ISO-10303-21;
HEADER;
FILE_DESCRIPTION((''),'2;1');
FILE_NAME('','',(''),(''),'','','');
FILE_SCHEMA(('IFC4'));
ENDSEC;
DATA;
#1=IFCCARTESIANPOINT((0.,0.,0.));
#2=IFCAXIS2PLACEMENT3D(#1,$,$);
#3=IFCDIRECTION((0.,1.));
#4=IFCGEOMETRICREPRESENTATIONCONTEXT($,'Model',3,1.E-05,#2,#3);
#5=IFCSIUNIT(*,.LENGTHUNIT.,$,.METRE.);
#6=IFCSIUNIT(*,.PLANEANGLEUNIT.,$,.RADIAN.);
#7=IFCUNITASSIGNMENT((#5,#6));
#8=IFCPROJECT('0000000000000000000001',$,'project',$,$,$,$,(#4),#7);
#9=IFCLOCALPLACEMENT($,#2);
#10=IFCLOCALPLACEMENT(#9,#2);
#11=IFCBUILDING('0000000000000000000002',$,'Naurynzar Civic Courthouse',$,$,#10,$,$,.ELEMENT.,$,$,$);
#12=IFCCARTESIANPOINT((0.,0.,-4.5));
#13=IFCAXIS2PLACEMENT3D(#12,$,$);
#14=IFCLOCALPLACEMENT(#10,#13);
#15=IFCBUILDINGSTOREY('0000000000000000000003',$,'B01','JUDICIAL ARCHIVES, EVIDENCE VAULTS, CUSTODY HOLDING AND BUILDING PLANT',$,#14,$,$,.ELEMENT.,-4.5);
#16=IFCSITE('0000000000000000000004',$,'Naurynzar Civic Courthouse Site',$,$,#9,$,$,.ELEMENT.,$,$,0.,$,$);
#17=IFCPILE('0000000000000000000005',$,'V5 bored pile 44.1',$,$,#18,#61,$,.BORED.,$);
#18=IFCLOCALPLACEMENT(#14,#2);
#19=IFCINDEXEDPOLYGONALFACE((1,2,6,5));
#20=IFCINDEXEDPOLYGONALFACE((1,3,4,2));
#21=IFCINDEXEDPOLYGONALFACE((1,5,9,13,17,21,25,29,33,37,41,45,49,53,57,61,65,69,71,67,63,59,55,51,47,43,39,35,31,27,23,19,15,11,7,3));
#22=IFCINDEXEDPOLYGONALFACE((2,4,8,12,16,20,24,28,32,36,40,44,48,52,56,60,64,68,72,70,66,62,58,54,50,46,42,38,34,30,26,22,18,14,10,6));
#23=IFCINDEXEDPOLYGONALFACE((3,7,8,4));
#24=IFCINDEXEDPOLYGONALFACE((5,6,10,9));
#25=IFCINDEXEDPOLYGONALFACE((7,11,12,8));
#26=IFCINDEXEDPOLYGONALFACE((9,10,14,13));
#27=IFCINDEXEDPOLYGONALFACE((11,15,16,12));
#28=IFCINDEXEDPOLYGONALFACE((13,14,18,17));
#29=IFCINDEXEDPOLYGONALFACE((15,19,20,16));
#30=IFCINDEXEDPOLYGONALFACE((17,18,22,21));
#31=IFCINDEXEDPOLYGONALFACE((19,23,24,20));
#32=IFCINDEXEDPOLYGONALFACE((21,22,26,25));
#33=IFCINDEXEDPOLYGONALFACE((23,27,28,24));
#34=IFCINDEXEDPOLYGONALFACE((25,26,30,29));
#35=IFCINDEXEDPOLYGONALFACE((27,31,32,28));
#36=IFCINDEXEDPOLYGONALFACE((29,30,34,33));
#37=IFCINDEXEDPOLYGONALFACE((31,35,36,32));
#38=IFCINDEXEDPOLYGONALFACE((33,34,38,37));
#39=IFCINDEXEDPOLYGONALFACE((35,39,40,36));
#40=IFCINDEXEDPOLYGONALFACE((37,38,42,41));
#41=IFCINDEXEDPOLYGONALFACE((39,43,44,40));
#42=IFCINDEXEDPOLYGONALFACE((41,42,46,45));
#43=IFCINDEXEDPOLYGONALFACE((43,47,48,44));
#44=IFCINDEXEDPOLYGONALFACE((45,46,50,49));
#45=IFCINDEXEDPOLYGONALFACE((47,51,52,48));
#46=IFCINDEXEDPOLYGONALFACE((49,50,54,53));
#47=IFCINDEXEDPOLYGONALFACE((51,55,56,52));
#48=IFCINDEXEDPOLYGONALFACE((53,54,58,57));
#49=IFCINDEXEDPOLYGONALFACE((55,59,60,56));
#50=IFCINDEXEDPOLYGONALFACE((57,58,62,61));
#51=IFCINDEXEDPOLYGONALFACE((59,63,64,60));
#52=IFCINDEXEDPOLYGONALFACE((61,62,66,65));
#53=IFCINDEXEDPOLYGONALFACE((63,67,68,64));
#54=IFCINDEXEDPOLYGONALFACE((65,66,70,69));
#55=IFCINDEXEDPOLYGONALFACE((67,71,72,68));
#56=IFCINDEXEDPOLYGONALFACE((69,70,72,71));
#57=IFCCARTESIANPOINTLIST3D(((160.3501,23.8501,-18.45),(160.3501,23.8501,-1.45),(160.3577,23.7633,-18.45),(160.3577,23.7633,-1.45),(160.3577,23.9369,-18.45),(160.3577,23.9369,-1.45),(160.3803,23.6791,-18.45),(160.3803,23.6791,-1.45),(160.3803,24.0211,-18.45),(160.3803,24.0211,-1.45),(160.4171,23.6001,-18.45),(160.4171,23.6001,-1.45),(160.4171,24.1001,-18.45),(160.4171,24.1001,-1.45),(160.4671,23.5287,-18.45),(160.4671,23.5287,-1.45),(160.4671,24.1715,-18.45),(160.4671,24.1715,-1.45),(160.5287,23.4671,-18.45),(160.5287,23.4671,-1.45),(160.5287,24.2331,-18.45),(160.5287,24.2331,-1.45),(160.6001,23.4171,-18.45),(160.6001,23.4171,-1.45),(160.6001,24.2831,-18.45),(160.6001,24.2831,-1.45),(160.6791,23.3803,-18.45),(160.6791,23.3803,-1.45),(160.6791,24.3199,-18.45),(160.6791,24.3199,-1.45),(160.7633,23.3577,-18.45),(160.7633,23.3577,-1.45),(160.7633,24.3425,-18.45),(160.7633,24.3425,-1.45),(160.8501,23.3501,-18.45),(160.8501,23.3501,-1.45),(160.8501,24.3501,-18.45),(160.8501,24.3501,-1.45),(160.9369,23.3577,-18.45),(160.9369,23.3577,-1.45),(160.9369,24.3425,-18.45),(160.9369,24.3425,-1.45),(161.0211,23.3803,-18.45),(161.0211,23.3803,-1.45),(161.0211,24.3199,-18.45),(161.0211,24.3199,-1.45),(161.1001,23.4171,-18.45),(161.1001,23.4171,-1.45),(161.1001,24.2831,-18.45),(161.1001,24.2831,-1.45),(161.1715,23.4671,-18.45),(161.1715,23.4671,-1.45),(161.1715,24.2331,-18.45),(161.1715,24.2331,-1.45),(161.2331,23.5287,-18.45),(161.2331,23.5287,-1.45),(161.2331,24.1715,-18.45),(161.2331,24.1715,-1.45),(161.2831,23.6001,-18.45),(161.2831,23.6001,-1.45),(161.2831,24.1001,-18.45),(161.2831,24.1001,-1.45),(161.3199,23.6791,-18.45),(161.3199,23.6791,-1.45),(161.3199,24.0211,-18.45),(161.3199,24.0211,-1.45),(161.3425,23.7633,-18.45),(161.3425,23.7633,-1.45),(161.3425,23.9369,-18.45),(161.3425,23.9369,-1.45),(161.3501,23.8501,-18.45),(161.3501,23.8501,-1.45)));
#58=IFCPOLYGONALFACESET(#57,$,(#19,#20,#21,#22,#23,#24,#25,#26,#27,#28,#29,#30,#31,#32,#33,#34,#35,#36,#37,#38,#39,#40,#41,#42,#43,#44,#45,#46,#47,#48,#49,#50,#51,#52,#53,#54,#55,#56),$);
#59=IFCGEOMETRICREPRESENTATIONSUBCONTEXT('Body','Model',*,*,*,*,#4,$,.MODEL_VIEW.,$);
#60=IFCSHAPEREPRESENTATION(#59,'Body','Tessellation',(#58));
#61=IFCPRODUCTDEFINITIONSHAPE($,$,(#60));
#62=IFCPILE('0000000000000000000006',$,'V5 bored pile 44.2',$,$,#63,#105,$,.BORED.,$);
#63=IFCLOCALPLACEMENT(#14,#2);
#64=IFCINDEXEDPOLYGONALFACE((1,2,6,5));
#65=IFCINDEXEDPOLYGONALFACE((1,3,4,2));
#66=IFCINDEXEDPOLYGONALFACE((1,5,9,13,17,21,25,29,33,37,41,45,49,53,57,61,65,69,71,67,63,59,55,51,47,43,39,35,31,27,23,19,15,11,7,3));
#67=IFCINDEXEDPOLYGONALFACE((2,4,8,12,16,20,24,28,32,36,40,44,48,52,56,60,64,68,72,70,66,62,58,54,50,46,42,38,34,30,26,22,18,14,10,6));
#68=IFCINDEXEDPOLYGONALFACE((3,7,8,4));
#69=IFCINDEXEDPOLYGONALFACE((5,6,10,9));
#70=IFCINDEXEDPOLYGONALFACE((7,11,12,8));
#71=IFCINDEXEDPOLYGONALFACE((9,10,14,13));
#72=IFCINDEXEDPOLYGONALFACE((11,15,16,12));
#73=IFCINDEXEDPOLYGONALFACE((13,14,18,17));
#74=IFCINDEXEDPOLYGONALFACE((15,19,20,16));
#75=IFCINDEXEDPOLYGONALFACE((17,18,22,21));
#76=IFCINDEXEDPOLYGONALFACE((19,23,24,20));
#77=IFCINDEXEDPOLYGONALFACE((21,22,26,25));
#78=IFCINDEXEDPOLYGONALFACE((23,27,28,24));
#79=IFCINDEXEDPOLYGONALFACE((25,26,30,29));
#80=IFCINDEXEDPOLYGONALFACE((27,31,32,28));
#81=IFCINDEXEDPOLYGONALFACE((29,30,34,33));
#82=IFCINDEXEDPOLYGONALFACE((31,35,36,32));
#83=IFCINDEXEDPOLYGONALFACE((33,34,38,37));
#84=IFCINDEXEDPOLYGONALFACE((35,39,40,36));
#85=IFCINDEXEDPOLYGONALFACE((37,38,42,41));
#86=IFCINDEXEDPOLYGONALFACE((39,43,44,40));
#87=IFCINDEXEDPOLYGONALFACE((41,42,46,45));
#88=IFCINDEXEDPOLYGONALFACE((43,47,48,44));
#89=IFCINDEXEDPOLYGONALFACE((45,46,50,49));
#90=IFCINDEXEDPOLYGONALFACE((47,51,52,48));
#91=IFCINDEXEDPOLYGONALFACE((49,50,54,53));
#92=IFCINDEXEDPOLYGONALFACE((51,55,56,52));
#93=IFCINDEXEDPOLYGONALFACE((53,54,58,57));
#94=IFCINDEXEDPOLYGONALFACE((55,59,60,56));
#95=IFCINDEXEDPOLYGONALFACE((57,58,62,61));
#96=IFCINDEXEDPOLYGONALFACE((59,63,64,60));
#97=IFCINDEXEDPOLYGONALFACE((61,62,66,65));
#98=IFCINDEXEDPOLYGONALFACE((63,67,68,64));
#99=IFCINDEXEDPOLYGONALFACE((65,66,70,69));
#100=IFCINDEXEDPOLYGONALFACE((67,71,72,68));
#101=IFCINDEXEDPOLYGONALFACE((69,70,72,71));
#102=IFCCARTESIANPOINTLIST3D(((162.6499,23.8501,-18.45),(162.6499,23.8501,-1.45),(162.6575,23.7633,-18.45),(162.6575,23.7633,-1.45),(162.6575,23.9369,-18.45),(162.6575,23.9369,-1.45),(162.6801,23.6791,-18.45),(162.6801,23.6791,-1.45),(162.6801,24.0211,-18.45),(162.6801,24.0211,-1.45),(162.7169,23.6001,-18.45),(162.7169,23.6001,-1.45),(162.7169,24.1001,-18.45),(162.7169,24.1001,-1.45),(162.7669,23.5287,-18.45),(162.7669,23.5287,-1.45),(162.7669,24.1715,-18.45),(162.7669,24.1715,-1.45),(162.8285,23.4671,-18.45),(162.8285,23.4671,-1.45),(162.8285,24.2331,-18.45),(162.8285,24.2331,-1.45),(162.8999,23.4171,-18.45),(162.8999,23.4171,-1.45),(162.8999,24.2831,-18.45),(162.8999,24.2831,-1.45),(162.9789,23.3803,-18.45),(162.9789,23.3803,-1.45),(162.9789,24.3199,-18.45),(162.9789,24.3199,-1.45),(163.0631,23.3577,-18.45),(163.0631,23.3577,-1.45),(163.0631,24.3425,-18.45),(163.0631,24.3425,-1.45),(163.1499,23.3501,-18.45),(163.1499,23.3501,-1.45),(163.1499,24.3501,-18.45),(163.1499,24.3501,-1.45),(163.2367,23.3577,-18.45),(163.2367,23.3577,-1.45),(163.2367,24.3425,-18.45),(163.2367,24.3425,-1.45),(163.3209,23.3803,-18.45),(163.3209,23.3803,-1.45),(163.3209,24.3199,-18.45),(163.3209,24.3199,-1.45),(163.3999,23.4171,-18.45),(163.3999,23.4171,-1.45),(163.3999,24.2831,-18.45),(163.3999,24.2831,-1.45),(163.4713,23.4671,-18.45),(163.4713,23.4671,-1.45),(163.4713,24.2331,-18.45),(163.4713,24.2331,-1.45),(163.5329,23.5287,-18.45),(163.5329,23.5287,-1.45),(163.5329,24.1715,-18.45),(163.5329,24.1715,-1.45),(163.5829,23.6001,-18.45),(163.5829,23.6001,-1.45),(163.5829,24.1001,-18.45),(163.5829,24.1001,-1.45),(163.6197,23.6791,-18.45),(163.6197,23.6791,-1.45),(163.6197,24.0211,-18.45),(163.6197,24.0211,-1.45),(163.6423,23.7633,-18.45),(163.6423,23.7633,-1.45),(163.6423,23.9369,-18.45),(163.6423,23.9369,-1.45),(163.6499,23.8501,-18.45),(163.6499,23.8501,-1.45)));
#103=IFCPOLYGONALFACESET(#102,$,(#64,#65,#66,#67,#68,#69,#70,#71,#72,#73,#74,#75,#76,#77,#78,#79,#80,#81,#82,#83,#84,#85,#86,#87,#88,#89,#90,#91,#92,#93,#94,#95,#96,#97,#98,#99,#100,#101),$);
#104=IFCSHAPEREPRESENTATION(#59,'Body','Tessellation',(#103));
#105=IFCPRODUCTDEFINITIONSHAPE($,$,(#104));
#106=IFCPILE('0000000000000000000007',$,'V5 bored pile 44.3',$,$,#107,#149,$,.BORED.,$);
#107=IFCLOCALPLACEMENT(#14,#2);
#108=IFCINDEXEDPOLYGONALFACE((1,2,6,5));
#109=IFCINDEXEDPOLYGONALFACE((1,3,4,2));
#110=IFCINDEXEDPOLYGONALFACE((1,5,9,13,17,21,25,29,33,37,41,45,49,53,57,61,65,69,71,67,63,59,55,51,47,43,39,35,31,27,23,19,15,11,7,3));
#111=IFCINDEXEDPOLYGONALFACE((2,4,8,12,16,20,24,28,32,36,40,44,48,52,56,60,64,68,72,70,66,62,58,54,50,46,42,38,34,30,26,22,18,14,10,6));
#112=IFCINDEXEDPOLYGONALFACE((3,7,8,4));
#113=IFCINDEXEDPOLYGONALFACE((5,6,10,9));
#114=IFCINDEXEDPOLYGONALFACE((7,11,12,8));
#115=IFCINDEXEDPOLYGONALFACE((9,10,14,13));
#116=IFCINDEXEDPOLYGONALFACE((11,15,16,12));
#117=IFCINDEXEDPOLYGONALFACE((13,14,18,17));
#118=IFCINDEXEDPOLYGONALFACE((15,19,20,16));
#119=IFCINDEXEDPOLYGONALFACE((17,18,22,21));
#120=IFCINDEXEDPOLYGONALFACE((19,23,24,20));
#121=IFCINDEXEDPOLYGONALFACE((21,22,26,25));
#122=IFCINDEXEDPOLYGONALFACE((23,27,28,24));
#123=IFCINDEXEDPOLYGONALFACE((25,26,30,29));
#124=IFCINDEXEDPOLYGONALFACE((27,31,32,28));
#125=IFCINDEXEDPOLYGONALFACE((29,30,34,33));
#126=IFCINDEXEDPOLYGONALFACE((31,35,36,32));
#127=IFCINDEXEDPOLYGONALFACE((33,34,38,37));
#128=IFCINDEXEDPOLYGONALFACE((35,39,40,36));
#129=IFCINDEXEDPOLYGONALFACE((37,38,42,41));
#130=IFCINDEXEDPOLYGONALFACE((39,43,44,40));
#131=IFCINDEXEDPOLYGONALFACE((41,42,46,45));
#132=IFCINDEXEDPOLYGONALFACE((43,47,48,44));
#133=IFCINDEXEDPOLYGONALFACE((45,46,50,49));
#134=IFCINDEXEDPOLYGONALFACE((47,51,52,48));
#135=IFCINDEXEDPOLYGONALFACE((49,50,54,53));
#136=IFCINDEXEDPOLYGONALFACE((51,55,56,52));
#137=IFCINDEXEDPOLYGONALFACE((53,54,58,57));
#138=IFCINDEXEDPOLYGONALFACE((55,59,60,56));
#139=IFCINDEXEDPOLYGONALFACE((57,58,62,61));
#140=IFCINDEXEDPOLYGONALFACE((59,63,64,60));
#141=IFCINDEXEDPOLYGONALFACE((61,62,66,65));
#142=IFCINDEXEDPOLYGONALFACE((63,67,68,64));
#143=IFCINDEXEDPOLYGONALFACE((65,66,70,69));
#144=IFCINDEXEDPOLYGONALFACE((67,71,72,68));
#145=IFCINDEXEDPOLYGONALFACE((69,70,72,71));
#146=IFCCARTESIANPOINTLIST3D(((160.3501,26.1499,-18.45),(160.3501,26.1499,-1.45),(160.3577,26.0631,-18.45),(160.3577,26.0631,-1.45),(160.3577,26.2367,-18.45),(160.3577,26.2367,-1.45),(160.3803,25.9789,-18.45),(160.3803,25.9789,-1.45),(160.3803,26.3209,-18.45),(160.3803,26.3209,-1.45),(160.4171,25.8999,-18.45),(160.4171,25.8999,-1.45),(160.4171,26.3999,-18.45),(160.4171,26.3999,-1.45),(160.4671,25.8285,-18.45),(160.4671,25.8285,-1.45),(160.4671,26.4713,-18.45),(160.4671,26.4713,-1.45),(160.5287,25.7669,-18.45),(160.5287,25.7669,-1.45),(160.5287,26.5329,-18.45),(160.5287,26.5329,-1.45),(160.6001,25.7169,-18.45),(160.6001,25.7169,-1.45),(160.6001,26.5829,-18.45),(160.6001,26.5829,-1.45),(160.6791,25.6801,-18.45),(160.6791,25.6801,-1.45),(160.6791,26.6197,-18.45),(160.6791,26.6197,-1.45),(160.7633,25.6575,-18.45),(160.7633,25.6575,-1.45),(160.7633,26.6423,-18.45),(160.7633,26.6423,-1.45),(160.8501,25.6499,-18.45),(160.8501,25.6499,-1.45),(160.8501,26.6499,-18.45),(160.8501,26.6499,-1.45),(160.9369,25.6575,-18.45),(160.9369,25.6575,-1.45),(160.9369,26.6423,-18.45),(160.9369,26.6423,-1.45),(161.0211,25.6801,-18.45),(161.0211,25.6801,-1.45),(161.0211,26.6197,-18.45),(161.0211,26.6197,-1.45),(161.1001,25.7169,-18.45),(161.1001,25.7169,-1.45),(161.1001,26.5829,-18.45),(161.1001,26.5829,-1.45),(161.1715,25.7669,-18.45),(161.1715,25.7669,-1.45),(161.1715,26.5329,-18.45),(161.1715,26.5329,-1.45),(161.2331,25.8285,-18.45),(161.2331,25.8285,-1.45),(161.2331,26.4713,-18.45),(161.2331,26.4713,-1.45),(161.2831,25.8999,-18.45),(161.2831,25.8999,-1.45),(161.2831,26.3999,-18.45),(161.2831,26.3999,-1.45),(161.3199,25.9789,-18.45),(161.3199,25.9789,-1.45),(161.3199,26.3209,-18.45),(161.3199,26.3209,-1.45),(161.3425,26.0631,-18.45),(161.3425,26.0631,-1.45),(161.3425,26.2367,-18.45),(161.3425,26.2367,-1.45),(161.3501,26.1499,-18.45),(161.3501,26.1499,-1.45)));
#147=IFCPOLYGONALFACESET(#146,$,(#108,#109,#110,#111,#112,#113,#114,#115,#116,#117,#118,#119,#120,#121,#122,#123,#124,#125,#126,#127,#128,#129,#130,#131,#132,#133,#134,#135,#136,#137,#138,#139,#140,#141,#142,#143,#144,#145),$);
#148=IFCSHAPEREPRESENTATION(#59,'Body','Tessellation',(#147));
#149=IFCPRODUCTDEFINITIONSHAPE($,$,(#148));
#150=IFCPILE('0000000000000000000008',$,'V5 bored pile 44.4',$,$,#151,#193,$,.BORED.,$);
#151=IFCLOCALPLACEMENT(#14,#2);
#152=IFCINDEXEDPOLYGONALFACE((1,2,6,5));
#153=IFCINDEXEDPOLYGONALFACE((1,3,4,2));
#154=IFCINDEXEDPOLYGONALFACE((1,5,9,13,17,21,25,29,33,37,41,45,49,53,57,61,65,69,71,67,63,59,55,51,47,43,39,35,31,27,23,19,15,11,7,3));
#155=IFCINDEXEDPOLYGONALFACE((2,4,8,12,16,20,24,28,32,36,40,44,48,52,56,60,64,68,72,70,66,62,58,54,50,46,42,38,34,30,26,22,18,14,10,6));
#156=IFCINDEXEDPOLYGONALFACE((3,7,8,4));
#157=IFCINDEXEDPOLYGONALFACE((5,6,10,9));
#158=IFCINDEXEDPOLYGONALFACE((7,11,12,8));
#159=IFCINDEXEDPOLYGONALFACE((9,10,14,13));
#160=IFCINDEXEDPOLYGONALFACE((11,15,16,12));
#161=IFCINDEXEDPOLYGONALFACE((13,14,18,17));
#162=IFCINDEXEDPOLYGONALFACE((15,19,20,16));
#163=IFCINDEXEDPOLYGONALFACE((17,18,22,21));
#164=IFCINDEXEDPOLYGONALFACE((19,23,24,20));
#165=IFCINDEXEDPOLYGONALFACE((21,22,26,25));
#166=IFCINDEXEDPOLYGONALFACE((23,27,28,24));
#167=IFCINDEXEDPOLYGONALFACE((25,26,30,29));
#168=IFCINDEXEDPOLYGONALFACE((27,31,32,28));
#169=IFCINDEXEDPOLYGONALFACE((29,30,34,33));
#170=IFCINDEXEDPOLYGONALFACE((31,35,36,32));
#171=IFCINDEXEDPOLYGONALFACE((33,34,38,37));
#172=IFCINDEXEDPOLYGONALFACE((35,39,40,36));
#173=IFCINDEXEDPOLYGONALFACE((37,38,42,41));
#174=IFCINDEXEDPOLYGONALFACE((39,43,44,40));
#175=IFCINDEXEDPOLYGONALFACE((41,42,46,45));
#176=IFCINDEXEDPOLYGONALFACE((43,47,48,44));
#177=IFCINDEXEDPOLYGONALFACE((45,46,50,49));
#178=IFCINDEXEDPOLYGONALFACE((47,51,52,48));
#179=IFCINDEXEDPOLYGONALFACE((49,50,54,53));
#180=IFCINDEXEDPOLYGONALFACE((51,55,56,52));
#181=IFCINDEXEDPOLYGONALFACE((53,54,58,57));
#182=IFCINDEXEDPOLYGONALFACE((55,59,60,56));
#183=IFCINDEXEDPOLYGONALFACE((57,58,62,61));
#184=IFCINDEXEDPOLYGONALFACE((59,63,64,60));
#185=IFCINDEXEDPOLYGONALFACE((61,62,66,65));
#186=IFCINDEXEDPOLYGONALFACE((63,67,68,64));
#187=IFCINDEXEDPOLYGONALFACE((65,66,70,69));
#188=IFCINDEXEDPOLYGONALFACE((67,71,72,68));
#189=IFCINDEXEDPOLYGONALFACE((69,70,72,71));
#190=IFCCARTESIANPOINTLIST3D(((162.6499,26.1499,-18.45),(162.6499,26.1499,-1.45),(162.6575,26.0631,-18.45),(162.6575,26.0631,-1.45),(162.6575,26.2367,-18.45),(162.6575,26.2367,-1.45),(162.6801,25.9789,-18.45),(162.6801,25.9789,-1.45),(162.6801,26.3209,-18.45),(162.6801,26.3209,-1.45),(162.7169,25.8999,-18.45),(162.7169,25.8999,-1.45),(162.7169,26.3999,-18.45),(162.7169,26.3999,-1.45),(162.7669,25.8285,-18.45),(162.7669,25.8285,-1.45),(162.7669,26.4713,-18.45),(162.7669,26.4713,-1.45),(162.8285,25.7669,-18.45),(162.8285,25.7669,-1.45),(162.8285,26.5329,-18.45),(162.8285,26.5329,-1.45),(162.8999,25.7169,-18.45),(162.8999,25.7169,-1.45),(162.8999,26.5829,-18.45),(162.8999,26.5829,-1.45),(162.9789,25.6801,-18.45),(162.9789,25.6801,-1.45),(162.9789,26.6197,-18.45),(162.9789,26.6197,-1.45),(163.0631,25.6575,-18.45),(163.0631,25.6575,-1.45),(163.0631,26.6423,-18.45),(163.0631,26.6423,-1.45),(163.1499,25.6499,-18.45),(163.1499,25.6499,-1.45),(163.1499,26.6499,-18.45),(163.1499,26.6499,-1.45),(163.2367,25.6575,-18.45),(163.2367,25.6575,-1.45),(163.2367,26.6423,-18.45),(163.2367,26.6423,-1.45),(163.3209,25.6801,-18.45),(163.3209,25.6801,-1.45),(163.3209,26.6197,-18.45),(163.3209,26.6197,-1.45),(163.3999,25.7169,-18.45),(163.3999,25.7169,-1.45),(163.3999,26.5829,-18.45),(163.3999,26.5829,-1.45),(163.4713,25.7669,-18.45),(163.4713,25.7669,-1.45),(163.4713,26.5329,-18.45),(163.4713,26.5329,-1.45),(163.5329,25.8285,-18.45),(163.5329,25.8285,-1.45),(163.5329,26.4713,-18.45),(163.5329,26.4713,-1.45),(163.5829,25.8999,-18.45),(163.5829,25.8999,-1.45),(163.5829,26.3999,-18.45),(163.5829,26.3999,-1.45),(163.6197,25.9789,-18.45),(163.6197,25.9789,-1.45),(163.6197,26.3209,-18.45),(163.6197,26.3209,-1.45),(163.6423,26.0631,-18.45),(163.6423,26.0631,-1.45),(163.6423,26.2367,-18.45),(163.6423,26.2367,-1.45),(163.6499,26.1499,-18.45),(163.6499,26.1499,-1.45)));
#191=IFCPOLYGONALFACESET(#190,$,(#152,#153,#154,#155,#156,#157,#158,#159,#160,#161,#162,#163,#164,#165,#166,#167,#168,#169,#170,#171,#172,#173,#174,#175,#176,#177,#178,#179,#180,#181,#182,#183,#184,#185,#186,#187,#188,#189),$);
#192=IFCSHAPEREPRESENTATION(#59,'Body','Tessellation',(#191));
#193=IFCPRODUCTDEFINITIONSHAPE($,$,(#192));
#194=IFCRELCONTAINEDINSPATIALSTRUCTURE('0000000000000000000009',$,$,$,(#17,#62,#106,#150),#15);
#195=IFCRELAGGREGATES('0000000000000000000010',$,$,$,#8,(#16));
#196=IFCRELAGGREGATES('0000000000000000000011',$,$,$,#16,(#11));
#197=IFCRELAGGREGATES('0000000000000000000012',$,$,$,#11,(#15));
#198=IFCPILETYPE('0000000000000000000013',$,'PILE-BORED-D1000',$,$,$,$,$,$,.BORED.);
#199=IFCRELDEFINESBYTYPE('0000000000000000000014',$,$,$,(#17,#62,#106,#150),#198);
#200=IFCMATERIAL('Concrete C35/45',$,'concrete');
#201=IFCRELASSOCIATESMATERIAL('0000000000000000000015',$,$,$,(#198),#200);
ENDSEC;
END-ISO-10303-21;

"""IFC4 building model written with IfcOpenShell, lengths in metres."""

from ifc_helpers import new_model, si_unit, direction, frame, origin, origin_2d, place, context, subcontext, project, spatial, circle, extrude, material, material_profile, profile_set, type_object, element, save


model = new_model("IFC4")

# Units and contexts
model_context = context("Model", 3, precision=1e-05, world=origin(), true_north=direction((0.0, 1.0)))
body_context = subcontext(model_context, "Body", "Model", "MODEL_VIEW")
ifc_project = project(units=[si_unit("LENGTHUNIT", "METRE"), si_unit("PLANEANGLEUNIT", "RADIAN")], contexts=[model_context])

# Site, building, storey
site_placement = place(None, origin())
site = spatial("IfcSite", under=ifc_project, at=site_placement, Name="Naurynzar Civic Courthouse Site", CompositionType="ELEMENT", RefElevation=0.0)
building_placement = place(site_placement, origin())
building = spatial("IfcBuilding", under=site, at=building_placement, Name="Naurynzar Civic Courthouse", CompositionType="ELEMENT")
storey_placement = place(building_placement, frame((0.0, 0.0, -4.5)))
storey = spatial("IfcBuildingStorey", under=building, at=storey_placement, Name="B01", Description="JUDICIAL ARCHIVES, EVIDENCE VAULTS, CUSTODY HOLDING AND BUILDING PLANT", CompositionType="ELEMENT", Elevation=-4.5)

# Piles
ifc_material_1 = material(Name="Concrete C35/45", Category="concrete")
ifc_material_profile_1 = material_profile(ifc_material_1, circle(Radius=0.5, at=origin_2d()), Name="PILE D1000")
ifc_profile_set_1 = profile_set([ifc_material_profile_1], Name="Concrete C35/45")
pile_type_1 = type_object("IfcPileType", Name="PILE-BORED-D1000", PredefinedType="BORED", material=ifc_profile_set_1)
for number, where, z_axis, x_axis, name in (
    (1, (160.8501, 23.8501, -1.45), (0.0, 0.0, -1.0), (1.0, 0.0, 0.0), "V5 bored pile 44.1"),
    (2, (163.1499, 23.8501, -1.45), (0.0, 0.0, -1.0), (1.0, 0.0, 0.0), "V5 bored pile 44.2"),
    (3, (160.8501, 26.1499, -1.45), (0.0, 0.0, -1.0), (1.0, 0.0, 0.0), "V5 bored pile 44.3"),
    (4, (163.1499, 26.1499, -1.45), (0.0, 0.0, -1.0), (1.0, 0.0, 0.0), "V5 bored pile 44.4"),
):
    element("IfcPile", number, at=place(storey_placement, frame(where, z_axis=z_axis, x_axis=x_axis)), inside=storey, type_object=pile_type_1, Name=name, PredefinedType="BORED", context=body_context, shape_type="SweptSolid", body=[
        extrude(circle(Radius=0.5, at=origin_2d()), origin(), (0.0, 0.0, 1.0), 17.0),
    ])

save(model, "model.ifc")
